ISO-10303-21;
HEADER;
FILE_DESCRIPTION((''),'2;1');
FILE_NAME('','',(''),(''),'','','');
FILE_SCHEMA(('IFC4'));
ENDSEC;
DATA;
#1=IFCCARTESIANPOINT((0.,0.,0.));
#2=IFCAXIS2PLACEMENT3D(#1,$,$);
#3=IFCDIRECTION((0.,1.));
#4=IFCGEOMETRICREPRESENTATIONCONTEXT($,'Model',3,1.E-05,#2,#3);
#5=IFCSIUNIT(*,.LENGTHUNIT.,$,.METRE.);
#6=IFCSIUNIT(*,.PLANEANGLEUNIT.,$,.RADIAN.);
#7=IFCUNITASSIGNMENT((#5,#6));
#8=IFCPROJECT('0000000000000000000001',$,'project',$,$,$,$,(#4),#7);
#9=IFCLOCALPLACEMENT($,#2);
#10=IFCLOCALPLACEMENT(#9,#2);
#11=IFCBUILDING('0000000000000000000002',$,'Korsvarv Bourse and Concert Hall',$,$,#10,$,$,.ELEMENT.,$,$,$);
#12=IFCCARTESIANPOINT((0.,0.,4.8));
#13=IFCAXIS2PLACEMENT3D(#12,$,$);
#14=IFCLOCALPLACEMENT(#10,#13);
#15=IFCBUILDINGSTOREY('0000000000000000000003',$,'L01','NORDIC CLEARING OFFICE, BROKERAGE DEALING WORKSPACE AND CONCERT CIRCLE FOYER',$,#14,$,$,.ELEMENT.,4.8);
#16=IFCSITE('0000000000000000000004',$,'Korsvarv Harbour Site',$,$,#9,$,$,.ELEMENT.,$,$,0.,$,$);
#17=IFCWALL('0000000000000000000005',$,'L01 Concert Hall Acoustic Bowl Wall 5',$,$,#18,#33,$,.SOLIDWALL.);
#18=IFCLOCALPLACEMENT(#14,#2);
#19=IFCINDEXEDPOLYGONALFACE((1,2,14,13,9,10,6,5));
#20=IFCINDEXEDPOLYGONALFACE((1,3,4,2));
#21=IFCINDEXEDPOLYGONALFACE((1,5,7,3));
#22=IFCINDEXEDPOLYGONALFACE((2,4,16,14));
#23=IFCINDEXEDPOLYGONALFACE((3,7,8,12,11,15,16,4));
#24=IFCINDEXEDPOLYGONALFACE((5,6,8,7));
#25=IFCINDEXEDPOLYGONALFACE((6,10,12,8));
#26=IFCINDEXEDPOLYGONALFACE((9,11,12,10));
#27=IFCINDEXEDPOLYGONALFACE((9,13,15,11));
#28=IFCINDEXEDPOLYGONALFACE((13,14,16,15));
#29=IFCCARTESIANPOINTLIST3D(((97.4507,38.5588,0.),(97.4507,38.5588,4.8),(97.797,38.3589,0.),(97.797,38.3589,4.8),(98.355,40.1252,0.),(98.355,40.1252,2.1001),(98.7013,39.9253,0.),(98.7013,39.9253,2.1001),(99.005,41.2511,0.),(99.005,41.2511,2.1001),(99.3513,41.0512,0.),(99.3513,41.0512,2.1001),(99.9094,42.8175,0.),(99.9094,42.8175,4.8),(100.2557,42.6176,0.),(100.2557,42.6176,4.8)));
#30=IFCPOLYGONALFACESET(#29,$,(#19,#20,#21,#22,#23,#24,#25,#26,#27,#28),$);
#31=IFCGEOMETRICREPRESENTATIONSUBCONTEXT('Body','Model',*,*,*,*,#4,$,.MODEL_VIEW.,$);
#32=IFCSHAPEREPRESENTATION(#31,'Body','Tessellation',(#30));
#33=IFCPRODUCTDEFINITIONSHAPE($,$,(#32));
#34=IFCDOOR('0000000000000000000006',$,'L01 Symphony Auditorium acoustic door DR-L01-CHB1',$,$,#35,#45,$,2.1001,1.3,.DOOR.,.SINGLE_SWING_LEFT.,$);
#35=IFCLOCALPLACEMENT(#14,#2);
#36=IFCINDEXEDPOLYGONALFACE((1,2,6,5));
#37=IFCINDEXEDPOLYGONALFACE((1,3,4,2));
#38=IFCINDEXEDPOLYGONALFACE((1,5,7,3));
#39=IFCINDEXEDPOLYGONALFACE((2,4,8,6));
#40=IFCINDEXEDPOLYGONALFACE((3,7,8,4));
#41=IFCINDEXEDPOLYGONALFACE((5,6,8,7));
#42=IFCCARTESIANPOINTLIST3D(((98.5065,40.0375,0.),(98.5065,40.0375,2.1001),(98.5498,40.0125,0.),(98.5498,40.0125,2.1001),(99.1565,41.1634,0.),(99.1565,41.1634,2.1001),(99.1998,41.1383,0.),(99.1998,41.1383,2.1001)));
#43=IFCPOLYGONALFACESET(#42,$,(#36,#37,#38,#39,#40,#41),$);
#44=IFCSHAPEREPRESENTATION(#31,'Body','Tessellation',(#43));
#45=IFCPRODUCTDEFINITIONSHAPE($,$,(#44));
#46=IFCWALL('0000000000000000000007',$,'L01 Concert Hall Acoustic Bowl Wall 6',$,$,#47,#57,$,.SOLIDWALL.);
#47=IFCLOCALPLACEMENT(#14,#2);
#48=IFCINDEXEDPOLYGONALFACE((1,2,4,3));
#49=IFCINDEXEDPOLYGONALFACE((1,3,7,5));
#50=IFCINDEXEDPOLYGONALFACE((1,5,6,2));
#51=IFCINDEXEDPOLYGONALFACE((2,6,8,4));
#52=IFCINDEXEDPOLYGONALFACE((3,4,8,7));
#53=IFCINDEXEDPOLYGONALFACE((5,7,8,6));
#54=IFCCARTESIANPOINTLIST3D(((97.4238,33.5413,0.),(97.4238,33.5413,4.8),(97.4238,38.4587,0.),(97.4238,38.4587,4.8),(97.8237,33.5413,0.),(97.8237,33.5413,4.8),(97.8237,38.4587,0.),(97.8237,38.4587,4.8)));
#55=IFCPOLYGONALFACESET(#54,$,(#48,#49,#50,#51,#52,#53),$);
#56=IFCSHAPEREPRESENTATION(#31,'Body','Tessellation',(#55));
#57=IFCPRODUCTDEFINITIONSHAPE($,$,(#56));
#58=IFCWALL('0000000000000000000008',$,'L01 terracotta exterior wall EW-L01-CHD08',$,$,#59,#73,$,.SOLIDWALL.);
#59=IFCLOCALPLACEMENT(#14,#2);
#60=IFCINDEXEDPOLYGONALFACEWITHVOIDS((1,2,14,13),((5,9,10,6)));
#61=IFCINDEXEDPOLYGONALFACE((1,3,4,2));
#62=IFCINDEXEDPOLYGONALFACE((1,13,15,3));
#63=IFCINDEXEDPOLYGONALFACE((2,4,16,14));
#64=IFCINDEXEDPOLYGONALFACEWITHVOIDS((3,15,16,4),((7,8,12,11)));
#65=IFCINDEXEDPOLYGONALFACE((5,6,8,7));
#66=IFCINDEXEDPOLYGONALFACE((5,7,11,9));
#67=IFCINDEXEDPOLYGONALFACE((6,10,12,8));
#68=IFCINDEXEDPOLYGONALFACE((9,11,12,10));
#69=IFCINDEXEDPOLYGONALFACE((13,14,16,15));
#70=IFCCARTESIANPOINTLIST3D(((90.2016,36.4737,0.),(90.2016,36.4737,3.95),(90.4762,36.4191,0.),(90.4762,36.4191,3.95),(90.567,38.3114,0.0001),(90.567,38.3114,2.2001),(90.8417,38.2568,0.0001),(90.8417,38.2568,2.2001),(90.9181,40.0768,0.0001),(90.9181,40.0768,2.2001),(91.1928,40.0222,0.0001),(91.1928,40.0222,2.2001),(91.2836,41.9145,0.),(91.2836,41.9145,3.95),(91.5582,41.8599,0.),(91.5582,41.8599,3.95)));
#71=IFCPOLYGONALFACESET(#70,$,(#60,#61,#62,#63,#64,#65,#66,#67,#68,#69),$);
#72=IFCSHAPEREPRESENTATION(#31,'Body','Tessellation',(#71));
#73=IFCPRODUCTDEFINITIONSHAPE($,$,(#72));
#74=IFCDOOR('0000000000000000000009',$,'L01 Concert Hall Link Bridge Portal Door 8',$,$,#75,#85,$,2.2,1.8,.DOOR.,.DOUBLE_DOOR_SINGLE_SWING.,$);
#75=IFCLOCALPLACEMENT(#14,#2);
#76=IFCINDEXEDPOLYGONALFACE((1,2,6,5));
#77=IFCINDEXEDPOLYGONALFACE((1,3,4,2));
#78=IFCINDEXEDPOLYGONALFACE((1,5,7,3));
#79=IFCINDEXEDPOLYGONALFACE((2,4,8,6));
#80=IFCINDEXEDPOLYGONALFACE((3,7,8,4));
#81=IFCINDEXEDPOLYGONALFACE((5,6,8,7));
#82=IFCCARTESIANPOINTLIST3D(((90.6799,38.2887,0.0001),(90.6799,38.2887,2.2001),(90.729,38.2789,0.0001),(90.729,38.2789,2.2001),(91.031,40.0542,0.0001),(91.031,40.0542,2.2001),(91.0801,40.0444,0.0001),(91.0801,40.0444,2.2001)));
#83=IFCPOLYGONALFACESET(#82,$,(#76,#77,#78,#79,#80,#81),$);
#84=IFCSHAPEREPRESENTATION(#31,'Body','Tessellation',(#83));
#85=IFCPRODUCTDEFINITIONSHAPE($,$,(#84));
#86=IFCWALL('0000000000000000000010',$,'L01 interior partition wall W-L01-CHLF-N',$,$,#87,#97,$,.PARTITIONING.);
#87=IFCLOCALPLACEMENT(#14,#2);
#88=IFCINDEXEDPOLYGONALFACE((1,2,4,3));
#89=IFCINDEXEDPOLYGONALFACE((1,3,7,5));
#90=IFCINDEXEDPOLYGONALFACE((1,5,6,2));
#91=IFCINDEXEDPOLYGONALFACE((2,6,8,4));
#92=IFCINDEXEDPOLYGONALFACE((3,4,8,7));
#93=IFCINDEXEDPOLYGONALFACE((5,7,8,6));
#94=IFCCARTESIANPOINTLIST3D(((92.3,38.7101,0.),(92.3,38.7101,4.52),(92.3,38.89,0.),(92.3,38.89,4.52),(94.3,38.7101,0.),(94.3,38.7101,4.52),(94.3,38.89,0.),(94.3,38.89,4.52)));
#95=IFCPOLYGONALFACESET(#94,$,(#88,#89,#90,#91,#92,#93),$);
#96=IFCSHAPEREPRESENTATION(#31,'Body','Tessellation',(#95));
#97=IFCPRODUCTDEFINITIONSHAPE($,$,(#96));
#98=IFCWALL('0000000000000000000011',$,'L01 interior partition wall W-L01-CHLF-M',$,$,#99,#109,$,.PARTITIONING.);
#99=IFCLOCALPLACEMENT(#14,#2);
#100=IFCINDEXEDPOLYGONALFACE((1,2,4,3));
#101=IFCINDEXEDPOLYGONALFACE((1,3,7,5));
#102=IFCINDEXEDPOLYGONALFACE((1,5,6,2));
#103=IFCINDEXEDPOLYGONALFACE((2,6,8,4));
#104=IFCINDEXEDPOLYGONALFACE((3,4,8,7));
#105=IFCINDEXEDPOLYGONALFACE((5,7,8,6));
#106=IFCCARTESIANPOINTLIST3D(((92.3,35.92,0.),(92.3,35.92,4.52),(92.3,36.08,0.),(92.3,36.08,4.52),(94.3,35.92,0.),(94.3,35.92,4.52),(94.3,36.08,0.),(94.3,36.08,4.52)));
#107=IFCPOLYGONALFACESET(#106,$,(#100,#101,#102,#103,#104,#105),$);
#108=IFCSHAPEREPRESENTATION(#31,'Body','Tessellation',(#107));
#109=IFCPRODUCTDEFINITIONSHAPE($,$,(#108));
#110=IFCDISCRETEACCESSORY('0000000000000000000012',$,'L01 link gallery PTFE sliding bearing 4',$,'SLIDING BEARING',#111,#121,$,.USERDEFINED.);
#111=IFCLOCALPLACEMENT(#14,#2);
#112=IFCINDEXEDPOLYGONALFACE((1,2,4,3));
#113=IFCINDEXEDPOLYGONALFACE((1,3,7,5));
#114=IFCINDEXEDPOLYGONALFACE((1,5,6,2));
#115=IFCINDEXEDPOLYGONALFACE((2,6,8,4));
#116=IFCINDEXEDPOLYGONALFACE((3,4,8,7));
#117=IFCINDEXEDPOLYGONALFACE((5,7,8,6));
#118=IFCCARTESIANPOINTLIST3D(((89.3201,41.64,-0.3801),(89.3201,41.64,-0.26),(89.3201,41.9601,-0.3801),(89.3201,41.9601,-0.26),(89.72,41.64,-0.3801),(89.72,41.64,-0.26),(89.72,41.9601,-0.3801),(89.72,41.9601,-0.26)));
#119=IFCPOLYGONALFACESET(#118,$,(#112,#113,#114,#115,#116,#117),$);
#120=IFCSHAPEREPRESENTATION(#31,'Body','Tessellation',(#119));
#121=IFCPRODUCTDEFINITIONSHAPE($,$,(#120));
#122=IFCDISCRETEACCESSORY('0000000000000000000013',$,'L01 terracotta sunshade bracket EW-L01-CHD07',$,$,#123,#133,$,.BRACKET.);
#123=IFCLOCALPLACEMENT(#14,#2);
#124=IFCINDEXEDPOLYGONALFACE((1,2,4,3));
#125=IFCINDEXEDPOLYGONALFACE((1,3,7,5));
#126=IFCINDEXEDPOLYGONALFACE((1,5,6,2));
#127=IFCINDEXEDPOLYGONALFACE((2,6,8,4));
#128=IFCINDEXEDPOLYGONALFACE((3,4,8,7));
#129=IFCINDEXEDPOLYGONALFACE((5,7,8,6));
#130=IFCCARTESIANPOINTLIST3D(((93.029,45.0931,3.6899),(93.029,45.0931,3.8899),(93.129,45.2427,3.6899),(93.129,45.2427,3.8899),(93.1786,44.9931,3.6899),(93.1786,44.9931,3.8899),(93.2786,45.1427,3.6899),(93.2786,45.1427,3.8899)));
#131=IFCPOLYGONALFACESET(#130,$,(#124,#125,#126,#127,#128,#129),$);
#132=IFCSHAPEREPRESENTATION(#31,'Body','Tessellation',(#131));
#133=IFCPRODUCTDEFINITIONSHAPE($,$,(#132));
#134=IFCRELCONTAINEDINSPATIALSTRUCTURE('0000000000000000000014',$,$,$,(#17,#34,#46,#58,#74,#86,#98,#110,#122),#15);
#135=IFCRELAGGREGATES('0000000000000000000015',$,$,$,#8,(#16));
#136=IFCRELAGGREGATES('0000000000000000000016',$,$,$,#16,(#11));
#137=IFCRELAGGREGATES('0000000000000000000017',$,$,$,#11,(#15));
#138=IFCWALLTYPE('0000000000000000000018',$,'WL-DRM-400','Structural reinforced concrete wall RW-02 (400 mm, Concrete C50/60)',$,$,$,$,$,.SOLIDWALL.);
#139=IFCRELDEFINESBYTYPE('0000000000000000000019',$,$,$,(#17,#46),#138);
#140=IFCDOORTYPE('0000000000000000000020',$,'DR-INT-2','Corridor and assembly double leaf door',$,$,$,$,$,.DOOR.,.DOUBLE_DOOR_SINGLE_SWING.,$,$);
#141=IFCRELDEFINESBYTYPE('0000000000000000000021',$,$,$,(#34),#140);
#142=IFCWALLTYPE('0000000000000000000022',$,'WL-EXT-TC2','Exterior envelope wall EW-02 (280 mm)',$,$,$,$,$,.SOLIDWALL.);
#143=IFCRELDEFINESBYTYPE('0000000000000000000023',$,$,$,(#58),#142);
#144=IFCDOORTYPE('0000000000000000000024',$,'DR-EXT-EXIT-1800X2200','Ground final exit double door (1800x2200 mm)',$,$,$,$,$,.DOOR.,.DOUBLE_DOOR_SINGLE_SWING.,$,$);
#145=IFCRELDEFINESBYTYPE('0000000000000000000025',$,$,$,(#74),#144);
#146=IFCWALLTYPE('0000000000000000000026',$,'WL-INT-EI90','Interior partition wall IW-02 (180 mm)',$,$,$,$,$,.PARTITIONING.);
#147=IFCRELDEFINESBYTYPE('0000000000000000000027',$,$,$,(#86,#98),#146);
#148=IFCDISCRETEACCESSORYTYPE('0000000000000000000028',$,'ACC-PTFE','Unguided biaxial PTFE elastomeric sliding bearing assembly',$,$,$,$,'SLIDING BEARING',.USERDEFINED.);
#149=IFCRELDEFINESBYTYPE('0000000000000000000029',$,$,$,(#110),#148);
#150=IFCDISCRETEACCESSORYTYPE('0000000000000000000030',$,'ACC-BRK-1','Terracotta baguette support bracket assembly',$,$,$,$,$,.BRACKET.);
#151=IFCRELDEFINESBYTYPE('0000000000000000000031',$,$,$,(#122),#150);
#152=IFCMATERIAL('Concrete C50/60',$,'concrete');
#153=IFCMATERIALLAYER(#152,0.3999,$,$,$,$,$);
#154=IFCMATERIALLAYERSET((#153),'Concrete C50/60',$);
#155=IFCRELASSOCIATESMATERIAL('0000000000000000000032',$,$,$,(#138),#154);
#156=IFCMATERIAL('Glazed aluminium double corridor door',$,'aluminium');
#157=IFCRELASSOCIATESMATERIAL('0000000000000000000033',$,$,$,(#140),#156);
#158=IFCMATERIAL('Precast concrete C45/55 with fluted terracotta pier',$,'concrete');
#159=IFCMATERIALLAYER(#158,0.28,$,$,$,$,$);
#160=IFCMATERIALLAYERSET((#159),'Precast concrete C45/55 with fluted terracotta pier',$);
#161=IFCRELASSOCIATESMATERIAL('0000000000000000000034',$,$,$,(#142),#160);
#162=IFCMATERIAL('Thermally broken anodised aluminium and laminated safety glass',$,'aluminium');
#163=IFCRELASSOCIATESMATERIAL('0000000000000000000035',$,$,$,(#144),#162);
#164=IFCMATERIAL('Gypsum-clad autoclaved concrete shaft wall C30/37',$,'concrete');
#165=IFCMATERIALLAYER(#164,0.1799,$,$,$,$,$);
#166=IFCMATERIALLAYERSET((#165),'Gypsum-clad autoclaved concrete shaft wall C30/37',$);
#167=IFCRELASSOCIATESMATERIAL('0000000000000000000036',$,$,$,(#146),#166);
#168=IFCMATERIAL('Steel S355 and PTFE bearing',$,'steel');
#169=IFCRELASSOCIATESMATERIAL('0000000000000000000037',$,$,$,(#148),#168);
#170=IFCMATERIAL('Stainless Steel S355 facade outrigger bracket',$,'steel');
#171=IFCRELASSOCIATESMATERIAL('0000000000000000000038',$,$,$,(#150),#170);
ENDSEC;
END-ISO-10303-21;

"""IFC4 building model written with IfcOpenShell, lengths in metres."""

from ifc_helpers import new_model, si_unit, direction, frame, frame_2d, origin, origin_2d, place, context, subcontext, project, spatial, rectangle, extrude, source, transform, mapped, material, layer, layer_set, type_object, element, fill, save


model = new_model("IFC4")

# Units and contexts
model_context = context("Model", 3, precision=1e-05, world=origin(), true_north=direction((0.0, 1.0)))
body_context = subcontext(model_context, "Body", "Model", "MODEL_VIEW")
ifc_project = project(units=[si_unit("LENGTHUNIT", "METRE"), si_unit("PLANEANGLEUNIT", "RADIAN")], contexts=[model_context])

# Site, building, storey
site_placement = place(None, origin())
site = spatial("IfcSite", under=ifc_project, at=site_placement, Name="Korsvarv Harbour Site", CompositionType="ELEMENT", RefElevation=0.0)
building_placement = place(site_placement, origin())
building = spatial("IfcBuilding", under=site, at=building_placement, Name="Korsvarv Bourse and Concert Hall", CompositionType="ELEMENT")
storey_placement = place(building_placement, frame((0.0, 0.0, 4.8)))
storey = spatial("IfcBuildingStorey", under=building, at=storey_placement, Name="L01", Description="NORDIC CLEARING OFFICE, BROKERAGE DEALING WORKSPACE AND CONCERT CIRCLE FOYER", CompositionType="ELEMENT", Elevation=4.8)

# Shared definitions
ifc_material_1 = material(Name="Concrete C50/60", Category="concrete")

# Shared definitions
ifc_layer_1 = layer(ifc_material_1, 0.3999)
ifc_layer_set_1 = layer_set([ifc_layer_1], Name="Concrete C50/60")
wall_type_1 = type_object("IfcWallType", Name="WL-DRM-400", Description="Structural reinforced concrete wall RW-02 (400 mm, Concrete C50/60)", PredefinedType="SOLIDWALL", material=ifc_layer_set_1)

# Wall, opening, door
wall_1_placement = place(storey_placement, frame((100.0825, 42.7175, 0.0), z_axis=(0.0, 0.0, 1.0), x_axis=(-0.499989, -0.866032, 0.0)))
wall_1 = element("IfcWall", 1, at=wall_1_placement, inside=storey, type_object=wall_type_1, Name="L01 Concert Hall Acoustic Bowl Wall 5", PredefinedType="SOLIDWALL", context=body_context, shape_type="SweptSolid", body=[
    extrude(rectangle(XDim=4.9175, YDim=0.3999, at=frame_2d((2.4587, 0.0))), origin(), (0.0, 0.0, 1.0), 4.8),
])
opening_1_placement = place(wall_1_placement, frame((1.8088, 0.0, 0.0)))
opening_1 = element("IfcOpeningElement", 2, at=opening_1_placement, cuts=wall_1, PredefinedType="OPENING", context=body_context, shape_type="SweptSolid", body=[
    extrude(rectangle(XDim=1.3, YDim=2.1001, at=frame_2d((0.6499, 1.05))), frame((0.0, 0.21, 0.0), z_axis=(0.0, -1.0, 0.0), x_axis=(1.0, 0.0, 0.0)), (0.0, 0.0, 1.0), 0.4199),
])
ifc_material_2 = material(Name="Glazed aluminium double corridor door", Category="aluminium")
door_type_1 = type_object("IfcDoorType", Name="DR-INT-2", Description="Corridor and assembly double leaf door", OperationType="DOUBLE_DOOR_SINGLE_SWING", PredefinedType="DOOR", material=ifc_material_2)
door_1_placement = place(opening_1_placement, frame((1.3, 0.0, 0.0), z_axis=(0.0, 0.0, 1.0), x_axis=(-1.0, 0.0, 0.0)))
door_1 = element("IfcDoor", 3, at=door_1_placement, inside=storey, type_object=door_type_1, Name="L01 Symphony Auditorium acoustic door DR-L01-CHB1", OperationType="SINGLE_SWING_LEFT", OverallHeight=2.1001, OverallWidth=1.3, PredefinedType="DOOR", context=body_context, shape_type="SweptSolid", body=[
    extrude(rectangle(XDim=1.3, YDim=2.1001, at=frame_2d((0.6499, 1.05))), frame((0.0, 0.0249, 0.0), z_axis=(0.0, -1.0, 0.0), x_axis=(1.0, 0.0, 0.0)), (0.0, 0.0, 1.0), 0.05),
])
fill(opening_1, door_1)

# Wall
wall_2_placement = place(storey_placement, frame((97.6238, 38.4587, 0.0), z_axis=(0.0, 0.0, 1.0), x_axis=(0.0, -1.0, 0.0)))
element("IfcWall", 4, at=wall_2_placement, inside=storey, type_object=wall_type_1, Name="L01 Concert Hall Acoustic Bowl Wall 6", PredefinedType="SOLIDWALL", context=body_context, shape_type="SweptSolid", body=[
    extrude(rectangle(XDim=4.9175, YDim=0.3999, at=frame_2d((2.4587, 0.0))), origin(), (0.0, 0.0, 1.0), 4.8),
])

# Wall, opening, door
ifc_material_3 = material(Name="Precast concrete C45/55 with fluted terracotta pier", Category="concrete")
ifc_layer_2 = layer(ifc_material_3, 0.28)
ifc_layer_set_2 = layer_set([ifc_layer_2], Name="Precast concrete C45/55 with fluted terracotta pier")
wall_type_2 = type_object("IfcWallType", Name="WL-EXT-TC2", Description="Exterior envelope wall EW-02 (280 mm)", PredefinedType="SOLIDWALL", material=ifc_layer_set_2)
wall_3_placement = place(storey_placement, frame((91.4209, 41.8872, 0.0), z_axis=(0.0, 0.0, 1.0), x_axis=(-0.19505, -0.980793, 0.0)))
wall_3 = element("IfcWall", 5, at=wall_3_placement, inside=storey, type_object=wall_type_2, Name="L01 terracotta exterior wall EW-L01-CHD08", PredefinedType="SOLIDWALL", context=body_context, shape_type="SweptSolid", body=[
    extrude(rectangle(XDim=5.5474, YDim=0.28, at=frame_2d((2.7737, 0.0))), origin(), (0.0, 0.0, 1.0), 3.95),
])
opening_2_placement = place(wall_3_placement, frame((1.8738, 0.0, 0.0)))
opening_2 = element("IfcOpeningElement", 6, at=opening_2_placement, cuts=wall_3, PredefinedType="OPENING", context=body_context, shape_type="SweptSolid", body=[
    extrude(rectangle(XDim=1.8, YDim=2.2, at=frame_2d((0.8999, 1.1001))), frame((0.0, 0.1499, 0.0), z_axis=(0.0, -1.0, 0.0), x_axis=(1.0, 0.0, 0.0)), (0.0, 0.0, 1.0), 0.3),
])
ifc_material_4 = material(Name="Thermally broken anodised aluminium and laminated safety glass", Category="aluminium")
door_type_2 = type_object("IfcDoorType", Name="DR-EXT-EXIT-1800X2200", Description="Ground final exit double door (1800x2200 mm)", OperationType="DOUBLE_DOOR_SINGLE_SWING", PredefinedType="DOOR", material=ifc_material_4)
door_2_placement = place(opening_2_placement, frame((1.8, 0.0, 0.0), z_axis=(0.0, 0.0, 1.0), x_axis=(-1.0, 0.0, 0.0)))
door_2 = element("IfcDoor", 7, at=door_2_placement, inside=storey, type_object=door_type_2, Name="L01 Concert Hall Link Bridge Portal Door 8", OperationType="DOUBLE_DOOR_SINGLE_SWING", OverallHeight=2.2, OverallWidth=1.8, PredefinedType="DOOR", context=body_context, shape_type="SweptSolid", body=[
    extrude(rectangle(XDim=1.8, YDim=2.2, at=frame_2d((0.8999, 1.1001))), frame((0.0, 0.0249, 0.0), z_axis=(0.0, -1.0, 0.0), x_axis=(1.0, 0.0, 0.0)), (0.0, 0.0, 1.0), 0.05),
])
fill(opening_2, door_2)

# Walls
ifc_material_5 = material(Name="Gypsum-clad autoclaved concrete shaft wall C30/37", Category="concrete")
ifc_layer_3 = layer(ifc_material_5, 0.1799)
ifc_layer_set_3 = layer_set([ifc_layer_3], Name="Gypsum-clad autoclaved concrete shaft wall C30/37")
wall_type_3 = type_object("IfcWallType", Name="WL-INT-EI90", Description="Interior partition wall IW-02 (180 mm)", PredefinedType="PARTITIONING", material=ifc_layer_set_3)
wall_4_placement = place(storey_placement, frame((92.3, 38.8, 0.0), z_axis=(0.0, 0.0, 1.0), x_axis=(1.0, 0.0, 0.0)))
element("IfcWall", 8, at=wall_4_placement, inside=storey, type_object=wall_type_3, Name="L01 interior partition wall W-L01-CHLF-N", PredefinedType="PARTITIONING", context=body_context, shape_type="SweptSolid", body=[
    extrude(rectangle(XDim=2.0, YDim=0.1799, at=frame_2d((1.0, 0.0))), origin(), (0.0, 0.0, 1.0), 4.52),
])
wall_5_placement = place(storey_placement, frame((92.3, 36.0, 0.0), z_axis=(0.0, 0.0, 1.0), x_axis=(1.0, 0.0, 0.0)))
element("IfcWall", 9, at=wall_5_placement, inside=storey, type_object=wall_type_3, Name="L01 interior partition wall W-L01-CHLF-M", PredefinedType="PARTITIONING", context=body_context, shape_type="SweptSolid", body=[
    extrude(rectangle(XDim=2.0, YDim=0.1599, at=frame_2d((1.0, 0.0))), origin(), (0.0, 0.0, 1.0), 4.52),
])

# Discrete accessories
ifc_material_6 = material(Name="Steel S355 and PTFE bearing", Category="steel")
discrete_accessory_type_1 = type_object("IfcDiscreteAccessoryType", Name="ACC-PTFE", Description="Unguided biaxial PTFE elastomeric sliding bearing assembly", ElementType="SLIDING BEARING", PredefinedType="USERDEFINED", material=ifc_material_6)
shared_shape_1 = source(origin(), body_context, "Body", "SweptSolid", [
    extrude(rectangle(XDim=0.3999, YDim=0.3201, at=origin_2d()), origin(), (0.0, 0.0, 1.0), 0.1201),
])
discrete_accessory_1_placement = place(storey_placement, frame((89.52, 41.8, -0.3801), z_axis=(0.0, 0.0, 1.0), x_axis=(1.0, 0.0, 0.0)))
element("IfcDiscreteAccessory", 10, at=discrete_accessory_1_placement, inside=storey, type_object=discrete_accessory_type_1, Name="L01 link gallery PTFE sliding bearing 4", ObjectType="SLIDING BEARING", PredefinedType="USERDEFINED", context=body_context, shape_type="MappedRepresentation", body=[
    mapped(shared_shape_1, transform((0.0, 0.0, 0.0), scale=1.0)),
])
ifc_material_7 = material(Name="Stainless Steel S355 facade outrigger bracket", Category="steel")
discrete_accessory_type_2 = type_object("IfcDiscreteAccessoryType", Name="ACC-BRK-1", Description="Terracotta baguette support bracket assembly", PredefinedType="BRACKET", material=ifc_material_7)
shared_shape_2 = source(origin(), body_context, "Body", "SweptSolid", [
    extrude(rectangle(XDim=0.1799, YDim=0.1799, at=origin_2d()), origin(), (0.0, 0.0, 1.0), 0.2),
])
discrete_accessory_2_placement = place(storey_placement, frame((93.1538, 45.1179, 3.6899), z_axis=(0.0, 0.0, 1.0), x_axis=(-0.55557, -0.83147, 0.0)))
element("IfcDiscreteAccessory", 11, at=discrete_accessory_2_placement, inside=storey, type_object=discrete_accessory_type_2, Name="L01 terracotta sunshade bracket EW-L01-CHD07", PredefinedType="BRACKET", context=body_context, shape_type="MappedRepresentation", body=[
    mapped(shared_shape_2, transform((0.0, 0.0, 0.0), scale=1.0)),
])

save(model, "model.ifc")
